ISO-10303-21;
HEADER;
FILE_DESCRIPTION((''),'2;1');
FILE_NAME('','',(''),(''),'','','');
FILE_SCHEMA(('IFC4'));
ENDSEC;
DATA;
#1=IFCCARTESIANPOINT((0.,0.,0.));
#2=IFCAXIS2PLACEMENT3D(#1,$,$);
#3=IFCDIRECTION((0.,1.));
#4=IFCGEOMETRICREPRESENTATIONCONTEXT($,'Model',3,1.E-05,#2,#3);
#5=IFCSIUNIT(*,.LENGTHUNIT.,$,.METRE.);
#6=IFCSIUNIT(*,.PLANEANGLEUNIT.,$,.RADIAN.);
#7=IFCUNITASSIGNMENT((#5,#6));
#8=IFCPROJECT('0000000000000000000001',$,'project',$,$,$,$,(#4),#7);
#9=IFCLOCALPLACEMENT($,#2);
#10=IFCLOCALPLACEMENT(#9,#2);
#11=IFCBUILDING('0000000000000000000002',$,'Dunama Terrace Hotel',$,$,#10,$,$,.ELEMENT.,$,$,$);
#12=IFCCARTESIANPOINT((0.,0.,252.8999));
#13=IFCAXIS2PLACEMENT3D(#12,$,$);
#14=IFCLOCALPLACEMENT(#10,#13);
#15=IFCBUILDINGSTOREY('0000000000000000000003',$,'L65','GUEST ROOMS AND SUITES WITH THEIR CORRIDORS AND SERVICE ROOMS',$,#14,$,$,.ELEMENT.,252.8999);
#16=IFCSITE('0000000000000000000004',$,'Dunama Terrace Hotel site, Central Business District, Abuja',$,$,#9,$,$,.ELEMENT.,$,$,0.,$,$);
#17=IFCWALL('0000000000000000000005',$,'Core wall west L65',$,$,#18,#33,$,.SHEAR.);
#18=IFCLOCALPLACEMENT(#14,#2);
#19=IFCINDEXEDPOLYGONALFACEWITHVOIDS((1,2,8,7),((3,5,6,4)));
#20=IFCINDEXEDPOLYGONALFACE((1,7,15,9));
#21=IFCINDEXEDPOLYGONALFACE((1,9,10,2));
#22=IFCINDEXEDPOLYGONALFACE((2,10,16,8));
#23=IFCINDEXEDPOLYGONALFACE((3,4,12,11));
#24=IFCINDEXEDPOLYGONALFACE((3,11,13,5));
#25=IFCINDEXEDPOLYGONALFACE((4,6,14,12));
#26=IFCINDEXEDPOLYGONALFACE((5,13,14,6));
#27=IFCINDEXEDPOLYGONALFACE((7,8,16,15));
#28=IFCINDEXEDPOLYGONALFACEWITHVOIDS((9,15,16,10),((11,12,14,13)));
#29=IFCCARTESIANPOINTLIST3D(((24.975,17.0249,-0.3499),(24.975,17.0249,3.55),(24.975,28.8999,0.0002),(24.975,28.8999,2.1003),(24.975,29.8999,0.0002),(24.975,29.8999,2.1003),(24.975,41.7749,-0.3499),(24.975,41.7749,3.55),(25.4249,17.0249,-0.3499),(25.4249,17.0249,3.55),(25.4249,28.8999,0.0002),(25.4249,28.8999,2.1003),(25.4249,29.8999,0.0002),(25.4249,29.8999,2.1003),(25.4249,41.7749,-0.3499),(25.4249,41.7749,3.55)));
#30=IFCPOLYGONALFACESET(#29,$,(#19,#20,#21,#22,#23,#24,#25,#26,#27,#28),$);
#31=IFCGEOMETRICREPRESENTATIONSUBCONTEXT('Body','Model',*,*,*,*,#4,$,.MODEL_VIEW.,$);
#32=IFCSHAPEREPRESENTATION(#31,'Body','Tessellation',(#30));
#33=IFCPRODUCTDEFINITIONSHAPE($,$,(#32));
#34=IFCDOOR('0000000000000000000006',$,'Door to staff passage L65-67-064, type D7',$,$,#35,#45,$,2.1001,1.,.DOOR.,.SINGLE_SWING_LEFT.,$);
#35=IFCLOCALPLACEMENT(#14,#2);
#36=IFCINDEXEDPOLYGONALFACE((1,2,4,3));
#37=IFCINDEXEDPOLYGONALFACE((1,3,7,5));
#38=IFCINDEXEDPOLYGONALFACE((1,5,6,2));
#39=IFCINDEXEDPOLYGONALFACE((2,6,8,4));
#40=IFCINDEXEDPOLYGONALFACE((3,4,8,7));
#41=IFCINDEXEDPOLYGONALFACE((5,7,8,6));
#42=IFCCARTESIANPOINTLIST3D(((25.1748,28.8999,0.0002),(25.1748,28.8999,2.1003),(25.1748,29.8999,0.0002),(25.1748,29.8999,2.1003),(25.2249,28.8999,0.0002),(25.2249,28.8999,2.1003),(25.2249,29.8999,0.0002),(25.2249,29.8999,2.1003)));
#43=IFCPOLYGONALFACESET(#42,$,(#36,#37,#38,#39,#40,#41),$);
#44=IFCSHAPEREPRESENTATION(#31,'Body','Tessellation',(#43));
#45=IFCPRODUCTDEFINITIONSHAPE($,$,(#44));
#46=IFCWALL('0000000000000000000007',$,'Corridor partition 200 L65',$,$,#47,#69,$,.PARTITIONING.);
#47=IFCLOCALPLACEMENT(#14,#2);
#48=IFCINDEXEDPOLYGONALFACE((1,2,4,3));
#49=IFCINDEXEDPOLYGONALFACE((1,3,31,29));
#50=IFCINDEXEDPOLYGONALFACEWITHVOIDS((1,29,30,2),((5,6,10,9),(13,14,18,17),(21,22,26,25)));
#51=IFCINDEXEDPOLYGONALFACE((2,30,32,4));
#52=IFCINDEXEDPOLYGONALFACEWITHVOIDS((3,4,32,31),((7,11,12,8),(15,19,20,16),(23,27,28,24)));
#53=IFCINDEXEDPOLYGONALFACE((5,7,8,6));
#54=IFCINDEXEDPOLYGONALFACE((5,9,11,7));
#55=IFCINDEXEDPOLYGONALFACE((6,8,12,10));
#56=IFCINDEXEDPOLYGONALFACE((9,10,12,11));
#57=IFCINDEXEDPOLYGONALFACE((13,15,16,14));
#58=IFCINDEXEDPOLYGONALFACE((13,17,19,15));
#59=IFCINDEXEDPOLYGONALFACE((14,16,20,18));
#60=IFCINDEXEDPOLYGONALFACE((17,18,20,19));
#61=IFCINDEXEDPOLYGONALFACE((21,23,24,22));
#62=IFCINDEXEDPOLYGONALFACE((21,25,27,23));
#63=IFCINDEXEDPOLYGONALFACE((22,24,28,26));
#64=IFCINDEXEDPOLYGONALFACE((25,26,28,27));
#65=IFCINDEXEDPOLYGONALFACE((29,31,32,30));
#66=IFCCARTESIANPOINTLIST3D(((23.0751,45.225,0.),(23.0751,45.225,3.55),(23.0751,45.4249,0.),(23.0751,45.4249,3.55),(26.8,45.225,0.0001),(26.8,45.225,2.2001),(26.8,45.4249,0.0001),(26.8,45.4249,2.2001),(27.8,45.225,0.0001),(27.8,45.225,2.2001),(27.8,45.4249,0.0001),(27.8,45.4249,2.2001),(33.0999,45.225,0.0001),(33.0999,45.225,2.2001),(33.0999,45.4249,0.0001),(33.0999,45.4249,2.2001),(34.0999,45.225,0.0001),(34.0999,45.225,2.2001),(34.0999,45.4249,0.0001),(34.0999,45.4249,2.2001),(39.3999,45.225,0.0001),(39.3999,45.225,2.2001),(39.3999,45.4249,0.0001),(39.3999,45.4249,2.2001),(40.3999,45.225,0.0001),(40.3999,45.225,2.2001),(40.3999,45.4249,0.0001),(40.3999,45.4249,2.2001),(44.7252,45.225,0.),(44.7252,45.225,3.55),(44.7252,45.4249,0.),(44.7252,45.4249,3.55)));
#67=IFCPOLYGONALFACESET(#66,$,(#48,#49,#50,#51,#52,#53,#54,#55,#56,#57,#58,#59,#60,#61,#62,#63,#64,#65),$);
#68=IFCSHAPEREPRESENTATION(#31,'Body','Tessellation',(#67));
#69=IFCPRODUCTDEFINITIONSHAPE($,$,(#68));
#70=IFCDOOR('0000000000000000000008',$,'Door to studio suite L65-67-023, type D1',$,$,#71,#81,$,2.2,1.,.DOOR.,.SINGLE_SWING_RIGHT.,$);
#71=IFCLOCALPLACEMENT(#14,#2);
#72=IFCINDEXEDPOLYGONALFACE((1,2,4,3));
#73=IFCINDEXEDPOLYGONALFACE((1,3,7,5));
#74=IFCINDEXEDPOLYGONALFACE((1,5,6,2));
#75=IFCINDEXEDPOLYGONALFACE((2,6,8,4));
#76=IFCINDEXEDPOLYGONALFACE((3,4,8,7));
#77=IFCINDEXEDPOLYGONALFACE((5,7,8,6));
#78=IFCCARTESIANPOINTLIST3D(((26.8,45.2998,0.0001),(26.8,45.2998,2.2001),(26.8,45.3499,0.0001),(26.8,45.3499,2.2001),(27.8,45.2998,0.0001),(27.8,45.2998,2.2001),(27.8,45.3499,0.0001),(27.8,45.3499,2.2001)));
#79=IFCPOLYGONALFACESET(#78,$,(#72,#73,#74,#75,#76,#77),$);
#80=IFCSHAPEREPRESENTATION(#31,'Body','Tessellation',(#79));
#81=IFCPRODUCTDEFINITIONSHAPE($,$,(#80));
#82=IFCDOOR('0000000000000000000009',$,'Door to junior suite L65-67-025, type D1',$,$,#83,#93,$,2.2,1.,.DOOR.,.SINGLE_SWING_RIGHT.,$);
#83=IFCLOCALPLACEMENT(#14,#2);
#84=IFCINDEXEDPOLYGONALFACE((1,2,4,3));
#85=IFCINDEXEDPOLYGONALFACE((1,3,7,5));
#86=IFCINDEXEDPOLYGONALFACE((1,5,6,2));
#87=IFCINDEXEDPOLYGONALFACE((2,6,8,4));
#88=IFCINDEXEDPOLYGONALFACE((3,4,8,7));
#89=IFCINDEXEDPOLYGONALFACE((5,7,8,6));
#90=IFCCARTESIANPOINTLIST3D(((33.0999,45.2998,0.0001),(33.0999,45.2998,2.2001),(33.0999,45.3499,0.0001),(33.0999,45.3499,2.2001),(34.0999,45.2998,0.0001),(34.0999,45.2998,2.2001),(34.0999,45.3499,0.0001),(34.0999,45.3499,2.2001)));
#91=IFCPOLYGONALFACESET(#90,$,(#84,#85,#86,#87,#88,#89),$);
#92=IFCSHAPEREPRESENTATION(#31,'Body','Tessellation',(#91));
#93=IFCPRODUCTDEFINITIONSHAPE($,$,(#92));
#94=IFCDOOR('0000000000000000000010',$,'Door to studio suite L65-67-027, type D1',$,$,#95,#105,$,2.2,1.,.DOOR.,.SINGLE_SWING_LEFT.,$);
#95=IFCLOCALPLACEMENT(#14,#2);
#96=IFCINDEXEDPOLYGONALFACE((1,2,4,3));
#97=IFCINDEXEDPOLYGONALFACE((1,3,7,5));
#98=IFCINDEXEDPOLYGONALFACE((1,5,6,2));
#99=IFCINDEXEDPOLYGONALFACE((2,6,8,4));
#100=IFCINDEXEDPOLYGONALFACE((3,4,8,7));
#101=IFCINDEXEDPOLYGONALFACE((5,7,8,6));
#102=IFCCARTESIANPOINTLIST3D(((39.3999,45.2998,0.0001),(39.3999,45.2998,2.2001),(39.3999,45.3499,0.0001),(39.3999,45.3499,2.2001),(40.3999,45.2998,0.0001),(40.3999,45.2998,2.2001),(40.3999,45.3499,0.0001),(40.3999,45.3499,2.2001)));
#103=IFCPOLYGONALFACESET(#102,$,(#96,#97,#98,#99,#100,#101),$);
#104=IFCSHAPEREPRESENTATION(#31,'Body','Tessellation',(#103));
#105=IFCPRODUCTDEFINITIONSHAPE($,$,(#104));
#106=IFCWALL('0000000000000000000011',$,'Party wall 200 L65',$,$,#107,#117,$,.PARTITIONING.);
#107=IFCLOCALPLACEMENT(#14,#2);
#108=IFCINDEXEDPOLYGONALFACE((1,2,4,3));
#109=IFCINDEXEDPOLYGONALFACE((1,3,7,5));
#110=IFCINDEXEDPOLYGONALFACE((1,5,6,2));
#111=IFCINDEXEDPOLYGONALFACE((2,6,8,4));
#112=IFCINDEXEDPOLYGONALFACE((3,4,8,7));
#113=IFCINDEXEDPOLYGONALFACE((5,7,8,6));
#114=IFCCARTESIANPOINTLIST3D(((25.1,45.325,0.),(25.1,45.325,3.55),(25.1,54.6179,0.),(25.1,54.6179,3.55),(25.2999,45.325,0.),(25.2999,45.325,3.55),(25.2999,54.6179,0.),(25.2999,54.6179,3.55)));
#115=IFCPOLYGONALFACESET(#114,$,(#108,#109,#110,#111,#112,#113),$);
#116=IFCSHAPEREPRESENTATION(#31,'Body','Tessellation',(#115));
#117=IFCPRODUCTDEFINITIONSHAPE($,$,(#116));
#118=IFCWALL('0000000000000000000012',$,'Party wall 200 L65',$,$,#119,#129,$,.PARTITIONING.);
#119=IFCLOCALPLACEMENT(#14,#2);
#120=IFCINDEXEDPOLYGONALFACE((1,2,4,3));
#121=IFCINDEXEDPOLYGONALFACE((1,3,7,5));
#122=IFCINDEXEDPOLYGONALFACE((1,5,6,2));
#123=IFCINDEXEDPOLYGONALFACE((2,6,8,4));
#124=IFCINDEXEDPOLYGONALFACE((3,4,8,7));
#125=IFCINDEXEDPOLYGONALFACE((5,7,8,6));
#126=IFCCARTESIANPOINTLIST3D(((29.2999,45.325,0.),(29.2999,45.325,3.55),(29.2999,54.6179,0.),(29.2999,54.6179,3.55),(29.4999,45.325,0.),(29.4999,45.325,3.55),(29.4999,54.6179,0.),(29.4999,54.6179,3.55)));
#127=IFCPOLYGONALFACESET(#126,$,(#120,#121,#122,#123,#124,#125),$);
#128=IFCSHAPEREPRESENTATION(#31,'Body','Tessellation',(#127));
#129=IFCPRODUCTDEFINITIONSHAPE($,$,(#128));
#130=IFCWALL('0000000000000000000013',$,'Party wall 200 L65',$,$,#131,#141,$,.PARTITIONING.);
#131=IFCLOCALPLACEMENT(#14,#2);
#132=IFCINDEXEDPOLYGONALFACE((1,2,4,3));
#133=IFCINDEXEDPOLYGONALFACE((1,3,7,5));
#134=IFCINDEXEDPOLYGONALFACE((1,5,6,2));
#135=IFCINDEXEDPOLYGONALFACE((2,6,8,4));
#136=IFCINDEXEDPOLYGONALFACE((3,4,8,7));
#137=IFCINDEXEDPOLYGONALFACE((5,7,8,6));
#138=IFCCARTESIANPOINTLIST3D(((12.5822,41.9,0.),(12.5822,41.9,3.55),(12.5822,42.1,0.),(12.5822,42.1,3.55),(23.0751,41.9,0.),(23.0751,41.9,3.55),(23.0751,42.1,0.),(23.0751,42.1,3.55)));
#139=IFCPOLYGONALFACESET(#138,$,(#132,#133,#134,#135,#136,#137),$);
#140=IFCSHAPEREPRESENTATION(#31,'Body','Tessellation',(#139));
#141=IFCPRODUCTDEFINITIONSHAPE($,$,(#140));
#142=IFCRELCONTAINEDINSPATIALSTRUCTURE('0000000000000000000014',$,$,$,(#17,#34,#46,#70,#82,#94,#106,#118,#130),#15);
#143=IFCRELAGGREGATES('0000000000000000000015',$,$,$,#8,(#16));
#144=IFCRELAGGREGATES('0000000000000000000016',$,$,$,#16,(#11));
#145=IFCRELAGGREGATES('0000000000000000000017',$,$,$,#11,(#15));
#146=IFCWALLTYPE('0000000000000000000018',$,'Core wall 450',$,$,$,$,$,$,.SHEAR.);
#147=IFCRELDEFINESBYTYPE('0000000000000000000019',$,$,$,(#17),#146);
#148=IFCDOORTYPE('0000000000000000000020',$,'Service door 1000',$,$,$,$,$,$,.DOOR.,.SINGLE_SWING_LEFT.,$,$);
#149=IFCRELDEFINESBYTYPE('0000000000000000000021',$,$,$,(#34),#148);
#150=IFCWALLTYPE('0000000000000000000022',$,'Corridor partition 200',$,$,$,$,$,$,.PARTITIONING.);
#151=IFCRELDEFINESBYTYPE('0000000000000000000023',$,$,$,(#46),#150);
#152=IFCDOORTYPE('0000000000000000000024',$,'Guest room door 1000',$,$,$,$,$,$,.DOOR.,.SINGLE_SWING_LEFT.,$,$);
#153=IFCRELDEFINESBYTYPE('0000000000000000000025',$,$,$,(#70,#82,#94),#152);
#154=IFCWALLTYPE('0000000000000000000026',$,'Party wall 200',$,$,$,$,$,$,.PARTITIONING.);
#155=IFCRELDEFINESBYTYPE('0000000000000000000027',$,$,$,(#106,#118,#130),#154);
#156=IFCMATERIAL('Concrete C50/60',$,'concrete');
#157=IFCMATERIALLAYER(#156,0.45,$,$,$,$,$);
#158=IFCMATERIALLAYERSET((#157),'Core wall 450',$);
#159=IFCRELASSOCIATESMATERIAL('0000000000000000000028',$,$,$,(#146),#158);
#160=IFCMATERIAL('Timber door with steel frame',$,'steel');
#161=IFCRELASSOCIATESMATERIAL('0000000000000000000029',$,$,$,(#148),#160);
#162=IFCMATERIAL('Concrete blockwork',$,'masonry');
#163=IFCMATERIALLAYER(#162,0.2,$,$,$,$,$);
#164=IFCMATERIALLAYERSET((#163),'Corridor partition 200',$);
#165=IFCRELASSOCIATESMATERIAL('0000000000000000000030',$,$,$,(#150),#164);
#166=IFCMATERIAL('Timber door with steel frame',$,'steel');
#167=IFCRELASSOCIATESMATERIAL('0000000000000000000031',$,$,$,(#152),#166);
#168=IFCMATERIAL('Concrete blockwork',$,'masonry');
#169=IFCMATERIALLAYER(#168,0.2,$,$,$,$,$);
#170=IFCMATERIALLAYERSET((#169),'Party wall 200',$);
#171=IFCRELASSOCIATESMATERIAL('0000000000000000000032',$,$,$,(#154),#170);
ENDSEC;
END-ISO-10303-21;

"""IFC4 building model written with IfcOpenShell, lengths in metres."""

from ifc_helpers import new_model, si_unit, direction, frame, frame_2d, origin, place, context, subcontext, project, spatial, rectangle, extrude, material, layer, layer_set, type_object, element, fill, save


model = new_model("IFC4")

# Units and contexts
model_context = context("Model", 3, precision=1e-05, world=origin(), true_north=direction((0.0, 1.0)))
body_context = subcontext(model_context, "Body", "Model", "MODEL_VIEW")
ifc_project = project(units=[si_unit("LENGTHUNIT", "METRE"), si_unit("PLANEANGLEUNIT", "RADIAN")], contexts=[model_context])

# Site, building, storey
site_placement = place(None, origin())
site = spatial("IfcSite", under=ifc_project, at=site_placement, Name="Dunama Terrace Hotel site, Central Business District, Abuja", CompositionType="ELEMENT", RefElevation=0.0)
building_placement = place(site_placement, origin())
building = spatial("IfcBuilding", under=site, at=building_placement, Name="Dunama Terrace Hotel", CompositionType="ELEMENT")
storey_placement = place(building_placement, frame((0.0, 0.0, 252.8999)))
storey = spatial("IfcBuildingStorey", under=building, at=storey_placement, Name="L65", Description="GUEST ROOMS AND SUITES WITH THEIR CORRIDORS AND SERVICE ROOMS", CompositionType="ELEMENT", Elevation=252.8999)

# Wall, opening, door
ifc_material_1 = material(Name="Concrete C50/60", Category="concrete")
ifc_layer_1 = layer(ifc_material_1, 0.45)
ifc_layer_set_1 = layer_set([ifc_layer_1], Name="Core wall 450")
wall_type_1 = type_object("IfcWallType", Name="Core wall 450", PredefinedType="SHEAR", material=ifc_layer_set_1)
wall_1_placement = place(storey_placement, frame((25.2, 41.7749, -0.3499), z_axis=(0.0, 0.0, 1.0), x_axis=(0.0, -1.0, 0.0)))
wall_1 = element("IfcWall", 1, at=wall_1_placement, inside=storey, type_object=wall_type_1, Name="Core wall west L65", PredefinedType="SHEAR", context=body_context, shape_type="SweptSolid", body=[
    extrude(rectangle(XDim=24.75, YDim=0.45, at=frame_2d((12.375, 0.0))), origin(), (0.0, 0.0, 1.0), 3.8999),
])
opening_1_placement = place(wall_1_placement, frame((11.875, 0.0, 0.3501)))
opening_1 = element("IfcOpeningElement", 2, at=opening_1_placement, cuts=wall_1, PredefinedType="OPENING", context=body_context, shape_type="SweptSolid", body=[
    extrude(rectangle(XDim=1.0, YDim=2.1001, at=frame_2d((0.5, 1.05))), frame((0.0, 0.2349, 0.0), z_axis=(0.0, -1.0, 0.0), x_axis=(1.0, 0.0, 0.0)), (0.0, 0.0, 1.0), 0.47),
])
ifc_material_2 = material(Name="Timber door with steel frame", Category="steel")
door_type_1 = type_object("IfcDoorType", Name="Service door 1000", OperationType="SINGLE_SWING_LEFT", PredefinedType="DOOR", material=ifc_material_2)
door_1_placement = place(opening_1_placement, origin())
door_1 = element("IfcDoor", 3, at=door_1_placement, inside=storey, type_object=door_type_1, Name="Door to staff passage L65-67-064, type D7", OperationType="SINGLE_SWING_LEFT", OverallHeight=2.1001, OverallWidth=1.0, PredefinedType="DOOR", context=body_context, shape_type="SweptSolid", body=[
    extrude(rectangle(XDim=1.0, YDim=2.1001, at=frame_2d((0.5, 1.05))), frame((0.0, 0.0249, 0.0), z_axis=(0.0, -1.0, 0.0), x_axis=(1.0, 0.0, 0.0)), (0.0, 0.0, 1.0), 0.05),
])
fill(opening_1, door_1)

# Wall, openings, doors
ifc_material_3 = material(Name="Concrete blockwork", Category="masonry")
ifc_layer_2 = layer(ifc_material_3, 0.2)
ifc_layer_set_2 = layer_set([ifc_layer_2], Name="Corridor partition 200")
wall_type_2 = type_object("IfcWallType", Name="Corridor partition 200", PredefinedType="PARTITIONING", material=ifc_layer_set_2)
wall_2_placement = place(storey_placement, frame((23.075, 45.325, 0.0), z_axis=(0.0, 0.0, 1.0), x_axis=(1.0, 0.0, 0.0)))
wall_2 = element("IfcWall", 4, at=wall_2_placement, inside=storey, type_object=wall_type_2, Name="Corridor partition 200 L65", PredefinedType="PARTITIONING", context=body_context, shape_type="SweptSolid", body=[
    extrude(rectangle(XDim=21.6501, YDim=0.2, at=frame_2d((10.8252, 0.0))), origin(), (0.0, 0.0, 1.0), 3.55),
])
opening_2_placement = place(wall_2_placement, frame((3.7251, 0.0, 0.0)))
opening_2 = element("IfcOpeningElement", 5, at=opening_2_placement, cuts=wall_2, PredefinedType="OPENING", context=body_context, shape_type="SweptSolid", body=[
    extrude(rectangle(XDim=1.0, YDim=2.2, at=frame_2d((0.5, 1.1001))), frame((0.0, 0.1099, 0.0), z_axis=(0.0, -1.0, 0.0), x_axis=(1.0, 0.0, 0.0)), (0.0, 0.0, 1.0), 0.22),
])
opening_3_placement = place(wall_2_placement, frame((10.0249, 0.0, 0.0)))
opening_3 = element("IfcOpeningElement", 6, at=opening_3_placement, cuts=wall_2, PredefinedType="OPENING", context=body_context, shape_type="SweptSolid", body=[
    extrude(rectangle(XDim=1.0, YDim=2.2, at=frame_2d((0.5, 1.1001))), frame((0.0, 0.1099, 0.0), z_axis=(0.0, -1.0, 0.0), x_axis=(1.0, 0.0, 0.0)), (0.0, 0.0, 1.0), 0.22),
])
opening_4_placement = place(wall_2_placement, frame((16.325, 0.0, 0.0)))
opening_4 = element("IfcOpeningElement", 7, at=opening_4_placement, cuts=wall_2, PredefinedType="OPENING", context=body_context, shape_type="SweptSolid", body=[
    extrude(rectangle(XDim=1.0, YDim=2.2, at=frame_2d((0.5, 1.1001))), frame((0.0, 0.1099, 0.0), z_axis=(0.0, -1.0, 0.0), x_axis=(1.0, 0.0, 0.0)), (0.0, 0.0, 1.0), 0.22),
])
ifc_material_4 = material(Name="Timber door with steel frame", Category="steel")
door_type_2 = type_object("IfcDoorType", Name="Guest room door 1000", OperationType="SINGLE_SWING_LEFT", PredefinedType="DOOR", material=ifc_material_4)
door_2_placement = place(opening_2_placement, origin())
door_2 = element("IfcDoor", 8, at=door_2_placement, inside=storey, type_object=door_type_2, Name="Door to studio suite L65-67-023, type D1", OperationType="SINGLE_SWING_RIGHT", OverallHeight=2.2, OverallWidth=1.0, PredefinedType="DOOR", context=body_context, shape_type="SweptSolid", body=[
    extrude(rectangle(XDim=1.0, YDim=2.2, at=frame_2d((0.5, 1.1001))), frame((0.0, 0.0249, 0.0), z_axis=(0.0, -1.0, 0.0), x_axis=(1.0, 0.0, 0.0)), (0.0, 0.0, 1.0), 0.05),
])
fill(opening_2, door_2)
door_3_placement = place(opening_3_placement, origin())
door_3 = element("IfcDoor", 9, at=door_3_placement, inside=storey, type_object=door_type_2, Name="Door to junior suite L65-67-025, type D1", OperationType="SINGLE_SWING_RIGHT", OverallHeight=2.2, OverallWidth=1.0, PredefinedType="DOOR", context=body_context, shape_type="SweptSolid", body=[
    extrude(rectangle(XDim=1.0, YDim=2.2, at=frame_2d((0.5, 1.1001))), frame((0.0, 0.0249, 0.0), z_axis=(0.0, -1.0, 0.0), x_axis=(1.0, 0.0, 0.0)), (0.0, 0.0, 1.0), 0.05),
])
fill(opening_3, door_3)
door_4_placement = place(opening_4_placement, origin())
door_4 = element("IfcDoor", 10, at=door_4_placement, inside=storey, type_object=door_type_2, Name="Door to studio suite L65-67-027, type D1", OperationType="SINGLE_SWING_LEFT", OverallHeight=2.2, OverallWidth=1.0, PredefinedType="DOOR", context=body_context, shape_type="SweptSolid", body=[
    extrude(rectangle(XDim=1.0, YDim=2.2, at=frame_2d((0.5, 1.1001))), frame((0.0, 0.0249, 0.0), z_axis=(0.0, -1.0, 0.0), x_axis=(1.0, 0.0, 0.0)), (0.0, 0.0, 1.0), 0.05),
])
fill(opening_4, door_4)

# Walls
ifc_material_5 = material(Name="Concrete blockwork", Category="masonry")
ifc_layer_3 = layer(ifc_material_5, 0.2)
ifc_layer_set_3 = layer_set([ifc_layer_3], Name="Party wall 200")
wall_type_3 = type_object("IfcWallType", Name="Party wall 200", PredefinedType="PARTITIONING", material=ifc_layer_set_3)
for number, where, z_axis, x_axis, name in (
    (11, (25.2, 45.325, 0.0), (0.0, 0.0, 1.0), (0.0, 1.0, 0.0), "Party wall 200 L65"),
    (12, (29.3999, 45.325, 0.0), (0.0, 0.0, 1.0), (0.0, 1.0, 0.0), "Party wall 200 L65"),
):
    element("IfcWall", number, at=place(storey_placement, frame(where, z_axis=z_axis, x_axis=x_axis)), inside=storey, type_object=wall_type_3, Name=name, PredefinedType="PARTITIONING", context=body_context, shape_type="SweptSolid", body=[
        extrude(rectangle(XDim=9.293, YDim=0.2, at=frame_2d((4.6465, 0.0))), origin(), (0.0, 0.0, 1.0), 3.55),
    ])
wall_3_placement = place(storey_placement, frame((12.582, 42.0, 0.0), z_axis=(0.0, 0.0, 1.0), x_axis=(1.0, 0.0, 0.0)))
element("IfcWall", 13, at=wall_3_placement, inside=storey, type_object=wall_type_3, Name="Party wall 200 L65", PredefinedType="PARTITIONING", context=body_context, shape_type="SweptSolid", body=[
    extrude(rectangle(XDim=10.4929, YDim=0.2, at=frame_2d((5.2466, 0.0))), origin(), (0.0, 0.0, 1.0), 3.55),
])

save(model, "model.ifc")
